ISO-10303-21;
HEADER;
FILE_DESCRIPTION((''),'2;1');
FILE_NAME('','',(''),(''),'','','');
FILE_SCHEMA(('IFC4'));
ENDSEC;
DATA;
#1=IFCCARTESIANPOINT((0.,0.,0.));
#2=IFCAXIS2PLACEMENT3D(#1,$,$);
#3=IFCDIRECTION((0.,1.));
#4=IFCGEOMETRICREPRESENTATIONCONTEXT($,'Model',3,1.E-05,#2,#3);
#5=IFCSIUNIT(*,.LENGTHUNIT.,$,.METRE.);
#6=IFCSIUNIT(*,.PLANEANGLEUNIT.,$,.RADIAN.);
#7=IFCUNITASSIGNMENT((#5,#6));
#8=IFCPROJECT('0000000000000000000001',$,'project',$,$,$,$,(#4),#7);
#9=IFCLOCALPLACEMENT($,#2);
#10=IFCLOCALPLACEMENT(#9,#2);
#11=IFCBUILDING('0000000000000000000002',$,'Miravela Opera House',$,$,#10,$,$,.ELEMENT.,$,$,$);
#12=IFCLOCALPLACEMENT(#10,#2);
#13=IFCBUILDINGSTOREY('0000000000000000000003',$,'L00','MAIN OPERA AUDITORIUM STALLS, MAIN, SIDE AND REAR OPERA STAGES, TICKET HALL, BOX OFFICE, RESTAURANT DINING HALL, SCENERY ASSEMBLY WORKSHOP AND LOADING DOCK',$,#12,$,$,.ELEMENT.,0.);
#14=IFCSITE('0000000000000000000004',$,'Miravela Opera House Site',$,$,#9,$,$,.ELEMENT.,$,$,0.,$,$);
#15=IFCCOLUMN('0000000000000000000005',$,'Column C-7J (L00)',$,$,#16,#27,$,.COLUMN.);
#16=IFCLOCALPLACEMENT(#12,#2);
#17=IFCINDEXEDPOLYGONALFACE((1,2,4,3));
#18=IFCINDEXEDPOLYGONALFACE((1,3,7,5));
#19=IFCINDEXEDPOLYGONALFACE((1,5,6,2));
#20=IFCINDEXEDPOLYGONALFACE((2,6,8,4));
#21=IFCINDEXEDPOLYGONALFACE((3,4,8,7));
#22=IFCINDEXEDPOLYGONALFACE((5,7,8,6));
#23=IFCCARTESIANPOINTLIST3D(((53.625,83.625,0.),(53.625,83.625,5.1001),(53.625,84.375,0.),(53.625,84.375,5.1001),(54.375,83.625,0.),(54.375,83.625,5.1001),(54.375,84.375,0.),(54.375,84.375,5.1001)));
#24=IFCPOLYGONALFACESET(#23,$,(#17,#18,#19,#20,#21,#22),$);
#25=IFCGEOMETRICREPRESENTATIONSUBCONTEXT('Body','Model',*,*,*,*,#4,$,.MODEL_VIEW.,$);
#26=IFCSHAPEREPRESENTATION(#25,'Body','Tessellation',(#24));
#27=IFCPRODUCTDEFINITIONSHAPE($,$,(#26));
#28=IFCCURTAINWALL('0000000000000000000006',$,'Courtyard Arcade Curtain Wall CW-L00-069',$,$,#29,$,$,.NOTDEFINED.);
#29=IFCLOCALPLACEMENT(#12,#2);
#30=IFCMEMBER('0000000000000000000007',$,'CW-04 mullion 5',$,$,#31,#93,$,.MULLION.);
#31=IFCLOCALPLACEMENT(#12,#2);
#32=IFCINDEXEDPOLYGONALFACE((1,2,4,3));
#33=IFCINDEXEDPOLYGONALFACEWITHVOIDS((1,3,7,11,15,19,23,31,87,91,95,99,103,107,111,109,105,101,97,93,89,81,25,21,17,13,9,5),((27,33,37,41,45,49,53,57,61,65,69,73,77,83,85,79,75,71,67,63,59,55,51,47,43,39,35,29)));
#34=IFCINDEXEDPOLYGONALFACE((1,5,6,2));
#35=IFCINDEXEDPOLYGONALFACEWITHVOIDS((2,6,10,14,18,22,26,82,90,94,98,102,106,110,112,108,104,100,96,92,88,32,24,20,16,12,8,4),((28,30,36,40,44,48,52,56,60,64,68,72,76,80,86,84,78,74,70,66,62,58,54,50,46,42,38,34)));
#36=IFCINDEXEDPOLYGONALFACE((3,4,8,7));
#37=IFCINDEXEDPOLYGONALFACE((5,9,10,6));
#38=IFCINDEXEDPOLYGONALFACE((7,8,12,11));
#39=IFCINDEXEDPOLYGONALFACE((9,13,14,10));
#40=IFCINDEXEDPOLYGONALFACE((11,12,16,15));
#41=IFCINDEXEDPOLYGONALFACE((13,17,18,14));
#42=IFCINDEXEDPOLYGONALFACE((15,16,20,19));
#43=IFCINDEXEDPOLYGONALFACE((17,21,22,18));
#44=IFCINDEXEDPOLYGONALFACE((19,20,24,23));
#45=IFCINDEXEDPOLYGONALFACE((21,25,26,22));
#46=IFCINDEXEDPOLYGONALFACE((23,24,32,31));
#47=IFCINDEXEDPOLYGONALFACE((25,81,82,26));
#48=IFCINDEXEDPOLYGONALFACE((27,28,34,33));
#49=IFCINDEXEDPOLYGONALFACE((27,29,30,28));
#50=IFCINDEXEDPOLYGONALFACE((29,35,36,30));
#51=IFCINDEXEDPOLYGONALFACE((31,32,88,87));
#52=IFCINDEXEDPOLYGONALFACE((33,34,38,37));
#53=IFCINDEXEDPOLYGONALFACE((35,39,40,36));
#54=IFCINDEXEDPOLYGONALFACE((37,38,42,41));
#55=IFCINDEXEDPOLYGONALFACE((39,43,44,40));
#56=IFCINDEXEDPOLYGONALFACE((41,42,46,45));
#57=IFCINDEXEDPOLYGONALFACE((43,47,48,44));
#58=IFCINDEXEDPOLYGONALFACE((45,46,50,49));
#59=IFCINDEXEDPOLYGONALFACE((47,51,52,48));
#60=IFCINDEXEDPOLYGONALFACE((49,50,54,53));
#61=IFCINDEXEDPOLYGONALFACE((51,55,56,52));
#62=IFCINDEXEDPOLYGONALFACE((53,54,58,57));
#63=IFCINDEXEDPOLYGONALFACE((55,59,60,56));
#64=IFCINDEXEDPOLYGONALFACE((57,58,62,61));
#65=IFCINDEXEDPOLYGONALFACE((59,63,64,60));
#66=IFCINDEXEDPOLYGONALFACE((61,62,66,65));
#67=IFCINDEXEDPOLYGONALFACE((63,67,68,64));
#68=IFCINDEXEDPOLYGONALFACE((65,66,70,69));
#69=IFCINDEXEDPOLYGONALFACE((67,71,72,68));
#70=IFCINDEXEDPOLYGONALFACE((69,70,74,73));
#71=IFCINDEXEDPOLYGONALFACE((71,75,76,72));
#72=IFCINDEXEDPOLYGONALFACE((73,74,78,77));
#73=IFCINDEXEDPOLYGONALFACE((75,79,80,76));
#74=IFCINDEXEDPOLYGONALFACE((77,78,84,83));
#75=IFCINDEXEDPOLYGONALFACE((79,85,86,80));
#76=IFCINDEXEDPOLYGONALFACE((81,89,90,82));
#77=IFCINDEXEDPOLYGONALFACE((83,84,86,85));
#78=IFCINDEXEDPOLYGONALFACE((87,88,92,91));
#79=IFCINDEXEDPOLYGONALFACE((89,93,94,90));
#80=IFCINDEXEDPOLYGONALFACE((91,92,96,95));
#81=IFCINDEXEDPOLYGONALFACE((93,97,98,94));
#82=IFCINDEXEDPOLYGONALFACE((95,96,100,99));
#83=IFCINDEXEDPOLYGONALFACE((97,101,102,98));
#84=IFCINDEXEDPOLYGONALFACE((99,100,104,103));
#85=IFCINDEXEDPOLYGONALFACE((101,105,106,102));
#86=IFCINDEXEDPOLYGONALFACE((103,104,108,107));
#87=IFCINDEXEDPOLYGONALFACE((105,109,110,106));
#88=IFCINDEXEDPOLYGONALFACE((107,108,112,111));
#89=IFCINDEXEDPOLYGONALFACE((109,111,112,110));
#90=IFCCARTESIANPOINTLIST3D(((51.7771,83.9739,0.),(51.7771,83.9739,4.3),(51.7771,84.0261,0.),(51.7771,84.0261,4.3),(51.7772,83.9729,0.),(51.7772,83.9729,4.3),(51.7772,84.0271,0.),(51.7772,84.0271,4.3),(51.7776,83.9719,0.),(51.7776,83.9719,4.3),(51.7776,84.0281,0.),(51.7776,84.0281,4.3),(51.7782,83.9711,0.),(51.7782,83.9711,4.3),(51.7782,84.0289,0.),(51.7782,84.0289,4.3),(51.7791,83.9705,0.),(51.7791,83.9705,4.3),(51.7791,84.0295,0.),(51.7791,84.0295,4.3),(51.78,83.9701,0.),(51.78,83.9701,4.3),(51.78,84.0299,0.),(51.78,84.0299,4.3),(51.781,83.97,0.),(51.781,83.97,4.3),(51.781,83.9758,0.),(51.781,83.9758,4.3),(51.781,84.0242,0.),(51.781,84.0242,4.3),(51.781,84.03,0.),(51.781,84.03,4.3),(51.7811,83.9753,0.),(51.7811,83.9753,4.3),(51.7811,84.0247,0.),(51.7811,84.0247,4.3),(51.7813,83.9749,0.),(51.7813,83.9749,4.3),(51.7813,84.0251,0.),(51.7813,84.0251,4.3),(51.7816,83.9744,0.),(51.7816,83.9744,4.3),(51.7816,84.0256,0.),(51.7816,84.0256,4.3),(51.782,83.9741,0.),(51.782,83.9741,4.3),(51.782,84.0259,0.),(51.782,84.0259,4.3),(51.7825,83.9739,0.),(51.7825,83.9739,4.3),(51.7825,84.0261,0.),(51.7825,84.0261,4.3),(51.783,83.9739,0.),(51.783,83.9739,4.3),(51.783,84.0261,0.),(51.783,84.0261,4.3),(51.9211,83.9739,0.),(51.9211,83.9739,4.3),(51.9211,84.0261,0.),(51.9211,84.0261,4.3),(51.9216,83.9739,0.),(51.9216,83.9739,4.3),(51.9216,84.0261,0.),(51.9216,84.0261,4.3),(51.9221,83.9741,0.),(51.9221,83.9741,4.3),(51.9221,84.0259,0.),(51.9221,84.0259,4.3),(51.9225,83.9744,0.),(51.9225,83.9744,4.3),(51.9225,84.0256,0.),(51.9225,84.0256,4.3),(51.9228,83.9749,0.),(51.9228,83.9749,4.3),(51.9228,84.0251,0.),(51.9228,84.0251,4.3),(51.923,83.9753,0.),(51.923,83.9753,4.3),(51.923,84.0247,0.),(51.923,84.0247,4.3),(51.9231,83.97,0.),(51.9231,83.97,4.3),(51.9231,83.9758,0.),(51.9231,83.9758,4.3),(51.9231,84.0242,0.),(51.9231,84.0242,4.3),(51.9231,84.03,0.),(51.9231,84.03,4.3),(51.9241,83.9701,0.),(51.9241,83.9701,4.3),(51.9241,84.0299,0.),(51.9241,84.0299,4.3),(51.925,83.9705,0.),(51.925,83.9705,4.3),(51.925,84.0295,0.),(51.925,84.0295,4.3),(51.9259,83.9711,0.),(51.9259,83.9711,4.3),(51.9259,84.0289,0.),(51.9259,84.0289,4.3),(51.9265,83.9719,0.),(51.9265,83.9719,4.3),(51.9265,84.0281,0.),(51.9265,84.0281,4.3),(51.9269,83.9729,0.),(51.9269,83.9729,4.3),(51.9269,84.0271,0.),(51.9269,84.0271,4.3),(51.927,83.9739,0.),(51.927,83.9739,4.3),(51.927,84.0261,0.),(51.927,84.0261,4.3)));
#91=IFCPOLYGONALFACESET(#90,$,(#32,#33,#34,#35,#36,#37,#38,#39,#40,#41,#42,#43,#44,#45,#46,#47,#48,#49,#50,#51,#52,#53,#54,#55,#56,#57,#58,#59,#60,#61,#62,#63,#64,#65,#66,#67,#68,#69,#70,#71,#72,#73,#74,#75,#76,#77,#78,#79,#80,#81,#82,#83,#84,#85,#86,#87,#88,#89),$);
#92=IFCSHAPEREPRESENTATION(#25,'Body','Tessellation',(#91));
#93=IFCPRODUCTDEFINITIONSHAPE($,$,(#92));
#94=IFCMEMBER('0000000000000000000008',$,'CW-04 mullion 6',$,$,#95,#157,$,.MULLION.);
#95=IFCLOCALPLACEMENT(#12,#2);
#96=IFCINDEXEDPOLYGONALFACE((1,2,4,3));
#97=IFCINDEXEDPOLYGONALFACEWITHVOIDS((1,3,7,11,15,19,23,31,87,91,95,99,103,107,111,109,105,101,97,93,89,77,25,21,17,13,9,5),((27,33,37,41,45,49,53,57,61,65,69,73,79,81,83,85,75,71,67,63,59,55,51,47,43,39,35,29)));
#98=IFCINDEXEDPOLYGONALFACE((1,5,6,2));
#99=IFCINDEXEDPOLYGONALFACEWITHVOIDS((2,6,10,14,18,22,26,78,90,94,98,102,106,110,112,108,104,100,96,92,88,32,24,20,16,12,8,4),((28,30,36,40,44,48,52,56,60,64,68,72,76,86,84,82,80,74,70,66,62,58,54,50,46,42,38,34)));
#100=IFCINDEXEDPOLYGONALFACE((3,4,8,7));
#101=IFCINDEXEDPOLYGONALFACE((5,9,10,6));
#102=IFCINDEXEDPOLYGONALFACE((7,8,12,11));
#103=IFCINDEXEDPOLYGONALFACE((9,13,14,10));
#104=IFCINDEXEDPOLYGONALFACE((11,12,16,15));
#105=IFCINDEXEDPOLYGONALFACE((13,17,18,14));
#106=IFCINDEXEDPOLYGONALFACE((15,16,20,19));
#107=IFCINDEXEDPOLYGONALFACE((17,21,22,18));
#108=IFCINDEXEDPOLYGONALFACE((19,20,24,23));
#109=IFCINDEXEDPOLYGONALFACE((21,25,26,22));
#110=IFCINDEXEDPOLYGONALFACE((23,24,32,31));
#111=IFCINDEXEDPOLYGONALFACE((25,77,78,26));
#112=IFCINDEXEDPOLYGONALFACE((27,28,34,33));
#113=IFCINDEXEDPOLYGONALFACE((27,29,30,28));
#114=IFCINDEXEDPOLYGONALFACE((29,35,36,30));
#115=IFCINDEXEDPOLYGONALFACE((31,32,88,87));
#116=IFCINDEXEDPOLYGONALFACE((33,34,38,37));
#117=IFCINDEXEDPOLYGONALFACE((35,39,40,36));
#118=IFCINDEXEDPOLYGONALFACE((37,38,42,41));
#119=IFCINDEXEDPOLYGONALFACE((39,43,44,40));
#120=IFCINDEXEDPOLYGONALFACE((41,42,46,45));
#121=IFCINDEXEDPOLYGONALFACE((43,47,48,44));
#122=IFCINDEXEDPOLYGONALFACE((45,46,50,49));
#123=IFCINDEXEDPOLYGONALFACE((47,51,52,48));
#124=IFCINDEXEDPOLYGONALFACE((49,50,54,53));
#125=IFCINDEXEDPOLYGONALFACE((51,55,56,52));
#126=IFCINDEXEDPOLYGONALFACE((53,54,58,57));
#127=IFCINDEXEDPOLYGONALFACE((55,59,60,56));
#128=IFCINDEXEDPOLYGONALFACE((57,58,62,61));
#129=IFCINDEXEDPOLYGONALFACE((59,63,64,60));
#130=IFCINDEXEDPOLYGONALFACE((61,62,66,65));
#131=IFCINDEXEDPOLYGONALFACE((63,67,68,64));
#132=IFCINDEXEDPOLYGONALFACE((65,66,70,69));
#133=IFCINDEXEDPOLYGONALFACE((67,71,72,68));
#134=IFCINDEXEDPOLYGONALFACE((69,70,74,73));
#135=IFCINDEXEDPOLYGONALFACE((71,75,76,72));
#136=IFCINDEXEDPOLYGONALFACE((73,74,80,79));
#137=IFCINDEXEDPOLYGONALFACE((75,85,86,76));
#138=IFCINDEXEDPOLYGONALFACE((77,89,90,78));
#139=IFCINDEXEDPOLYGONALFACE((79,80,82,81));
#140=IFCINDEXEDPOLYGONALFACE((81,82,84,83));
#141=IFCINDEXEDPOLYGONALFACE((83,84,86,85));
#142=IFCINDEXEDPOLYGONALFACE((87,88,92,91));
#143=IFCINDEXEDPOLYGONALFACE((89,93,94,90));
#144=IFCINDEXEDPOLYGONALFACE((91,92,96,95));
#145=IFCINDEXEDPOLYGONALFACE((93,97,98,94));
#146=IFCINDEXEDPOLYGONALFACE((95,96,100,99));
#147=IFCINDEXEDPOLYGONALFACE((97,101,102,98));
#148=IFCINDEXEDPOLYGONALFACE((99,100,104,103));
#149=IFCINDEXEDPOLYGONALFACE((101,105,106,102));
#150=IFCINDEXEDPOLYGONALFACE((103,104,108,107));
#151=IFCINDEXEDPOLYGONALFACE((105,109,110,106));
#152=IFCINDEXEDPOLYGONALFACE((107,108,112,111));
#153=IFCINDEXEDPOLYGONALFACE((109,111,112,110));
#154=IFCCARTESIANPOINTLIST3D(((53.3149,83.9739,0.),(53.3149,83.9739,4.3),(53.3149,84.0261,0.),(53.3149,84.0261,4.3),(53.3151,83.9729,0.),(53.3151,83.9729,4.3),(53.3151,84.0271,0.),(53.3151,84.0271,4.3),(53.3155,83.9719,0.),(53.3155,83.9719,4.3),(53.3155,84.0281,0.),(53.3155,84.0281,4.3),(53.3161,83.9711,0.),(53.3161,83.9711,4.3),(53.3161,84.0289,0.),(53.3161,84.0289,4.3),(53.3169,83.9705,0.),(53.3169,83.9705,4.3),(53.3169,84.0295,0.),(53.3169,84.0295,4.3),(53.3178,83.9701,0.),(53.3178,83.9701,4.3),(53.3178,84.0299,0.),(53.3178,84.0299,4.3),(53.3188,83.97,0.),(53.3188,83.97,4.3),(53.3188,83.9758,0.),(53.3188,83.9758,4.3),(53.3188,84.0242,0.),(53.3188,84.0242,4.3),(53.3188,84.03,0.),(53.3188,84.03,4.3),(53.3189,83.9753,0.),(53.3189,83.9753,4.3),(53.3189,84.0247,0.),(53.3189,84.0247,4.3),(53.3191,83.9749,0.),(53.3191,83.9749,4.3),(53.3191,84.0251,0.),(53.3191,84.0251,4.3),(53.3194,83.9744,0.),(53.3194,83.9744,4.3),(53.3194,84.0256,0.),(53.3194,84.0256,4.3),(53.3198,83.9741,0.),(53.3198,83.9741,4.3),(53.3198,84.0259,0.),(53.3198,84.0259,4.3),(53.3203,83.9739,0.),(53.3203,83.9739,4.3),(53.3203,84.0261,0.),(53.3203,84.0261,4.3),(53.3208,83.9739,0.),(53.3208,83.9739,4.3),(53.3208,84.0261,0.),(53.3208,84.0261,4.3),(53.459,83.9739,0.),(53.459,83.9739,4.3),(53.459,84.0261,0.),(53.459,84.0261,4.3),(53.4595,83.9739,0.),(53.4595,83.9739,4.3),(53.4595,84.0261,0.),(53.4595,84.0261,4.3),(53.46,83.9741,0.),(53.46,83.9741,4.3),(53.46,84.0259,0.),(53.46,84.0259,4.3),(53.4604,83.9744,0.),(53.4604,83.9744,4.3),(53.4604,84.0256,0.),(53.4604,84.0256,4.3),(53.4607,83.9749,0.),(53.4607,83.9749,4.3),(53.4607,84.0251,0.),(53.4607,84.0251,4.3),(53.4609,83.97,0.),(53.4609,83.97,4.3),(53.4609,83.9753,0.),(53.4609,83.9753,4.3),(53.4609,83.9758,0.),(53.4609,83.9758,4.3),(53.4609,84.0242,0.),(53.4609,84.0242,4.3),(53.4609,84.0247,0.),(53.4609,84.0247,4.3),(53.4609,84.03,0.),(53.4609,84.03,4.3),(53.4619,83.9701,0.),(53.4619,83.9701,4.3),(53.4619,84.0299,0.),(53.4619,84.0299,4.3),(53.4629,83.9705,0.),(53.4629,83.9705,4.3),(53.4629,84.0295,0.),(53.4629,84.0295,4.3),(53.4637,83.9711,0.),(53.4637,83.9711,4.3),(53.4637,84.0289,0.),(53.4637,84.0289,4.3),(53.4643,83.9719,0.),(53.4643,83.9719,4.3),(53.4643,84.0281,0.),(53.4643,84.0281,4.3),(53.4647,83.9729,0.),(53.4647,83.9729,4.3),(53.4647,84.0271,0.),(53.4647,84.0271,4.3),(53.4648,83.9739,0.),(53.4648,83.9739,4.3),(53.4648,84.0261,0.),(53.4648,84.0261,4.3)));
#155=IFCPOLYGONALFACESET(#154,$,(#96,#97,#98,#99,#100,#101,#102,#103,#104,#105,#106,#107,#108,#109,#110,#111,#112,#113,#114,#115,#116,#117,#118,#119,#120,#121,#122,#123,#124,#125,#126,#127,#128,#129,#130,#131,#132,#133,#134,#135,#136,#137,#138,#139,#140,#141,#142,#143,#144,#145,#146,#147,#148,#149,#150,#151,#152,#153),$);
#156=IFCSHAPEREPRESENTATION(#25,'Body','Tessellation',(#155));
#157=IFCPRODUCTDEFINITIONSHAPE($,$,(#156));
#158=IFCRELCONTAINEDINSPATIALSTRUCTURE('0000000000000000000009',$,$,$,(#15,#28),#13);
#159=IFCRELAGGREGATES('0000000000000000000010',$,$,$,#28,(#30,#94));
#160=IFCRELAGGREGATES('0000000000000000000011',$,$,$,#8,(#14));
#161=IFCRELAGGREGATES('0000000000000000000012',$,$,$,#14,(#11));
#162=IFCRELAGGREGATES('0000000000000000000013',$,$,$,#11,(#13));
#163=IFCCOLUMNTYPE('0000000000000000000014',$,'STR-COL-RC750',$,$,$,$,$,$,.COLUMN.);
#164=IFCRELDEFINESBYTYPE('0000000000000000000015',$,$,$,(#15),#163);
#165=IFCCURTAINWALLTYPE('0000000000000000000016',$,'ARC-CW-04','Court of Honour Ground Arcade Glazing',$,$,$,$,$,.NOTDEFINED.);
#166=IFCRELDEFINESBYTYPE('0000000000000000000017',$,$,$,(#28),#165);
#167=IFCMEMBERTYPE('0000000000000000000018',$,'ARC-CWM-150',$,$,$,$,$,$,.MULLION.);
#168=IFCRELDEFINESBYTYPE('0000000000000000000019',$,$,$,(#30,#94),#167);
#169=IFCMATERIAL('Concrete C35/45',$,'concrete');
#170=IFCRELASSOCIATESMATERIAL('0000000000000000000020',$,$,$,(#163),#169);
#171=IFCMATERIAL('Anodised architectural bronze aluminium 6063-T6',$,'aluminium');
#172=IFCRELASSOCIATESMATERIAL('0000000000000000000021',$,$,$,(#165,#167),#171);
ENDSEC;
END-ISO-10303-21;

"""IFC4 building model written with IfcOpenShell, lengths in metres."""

from ifc_helpers import new_model, si_unit, direction, frame, origin, origin_2d, place, context, subcontext, project, spatial, rectangle, hollow_rectangle, extrude, material, material_profile, profile_set, type_object, element, aggregate, save


model = new_model("IFC4")

# Units and contexts
model_context = context("Model", 3, precision=1e-05, world=origin(), true_north=direction((0.0, 1.0)))
body_context = subcontext(model_context, "Body", "Model", "MODEL_VIEW")
ifc_project = project(units=[si_unit("LENGTHUNIT", "METRE"), si_unit("PLANEANGLEUNIT", "RADIAN")], contexts=[model_context])

# Site, building, storey
site_placement = place(None, origin())
site = spatial("IfcSite", under=ifc_project, at=site_placement, Name="Miravela Opera House Site", CompositionType="ELEMENT", RefElevation=0.0)
building_placement = place(site_placement, origin())
building = spatial("IfcBuilding", under=site, at=building_placement, Name="Miravela Opera House", CompositionType="ELEMENT")
storey_placement = place(building_placement, origin())
storey = spatial("IfcBuildingStorey", under=building, at=storey_placement, Name="L00", Description="MAIN OPERA AUDITORIUM STALLS, MAIN, SIDE AND REAR OPERA STAGES, TICKET HALL, BOX OFFICE, RESTAURANT DINING HALL, SCENERY ASSEMBLY WORKSHOP AND LOADING DOCK", CompositionType="ELEMENT", Elevation=0.0)

# Column
ifc_material_1 = material(Name="Concrete C35/45", Category="concrete")
ifc_material_profile_1 = material_profile(ifc_material_1, rectangle(XDim=0.75, YDim=0.75, at=origin_2d()), Name="RC-COL-750X750")
ifc_profile_set_1 = profile_set([ifc_material_profile_1])
column_type = type_object("IfcColumnType", Name="STR-COL-RC750", PredefinedType="COLUMN", material=ifc_profile_set_1)
column_placement = place(storey_placement, frame((54.0, 84.0, 0.0), z_axis=(0.0, 0.0, 1.0), x_axis=(1.0, 0.0, 0.0)))
element("IfcColumn", 1, at=column_placement, inside=storey, type_object=column_type, Name="Column C-7J (L00)", PredefinedType="COLUMN", context=body_context, shape_type="SweptSolid", body=[
    extrude(rectangle(XDim=0.75, YDim=0.75, at=origin_2d()), origin(), (0.0, 0.0, 1.0), 5.1001),
])

# Curtain wall, members
ifc_material_2 = material(Name="Anodised architectural bronze aluminium 6063-T6", Category="aluminium")
curtain_wall_type = type_object("IfcCurtainWallType", Name="ARC-CW-04", Description="Court of Honour Ground Arcade Glazing", PredefinedType="NOTDEFINED", material=ifc_material_2)
curtain_wall_1_placement = place(storey_placement, origin())
curtain_wall_1 = element("IfcCurtainWall", 2, at=curtain_wall_1_placement, inside=storey, type_object=curtain_wall_type, Name="Courtyard Arcade Curtain Wall CW-L00-069", PredefinedType="NOTDEFINED")
ifc_material_profile_2 = material_profile(ifc_material_2, hollow_rectangle(XDim=0.0601, YDim=0.1499, WallThickness=0.0039, InnerFilletRadius=0.002, OuterFilletRadius=0.0039, at=origin_2d()), Name="CWM-60X150")
ifc_profile_set_2 = profile_set([ifc_material_profile_2])
member_type_1 = type_object("IfcMemberType", Name="ARC-CWM-150", PredefinedType="MULLION", material=ifc_profile_set_2)
member_1_placement = place(storey_placement, frame((51.8521, 84.0, 0.0), z_axis=(0.0, 0.0, 1.0), x_axis=(0.0, 1.0, 0.0)))
member_1 = element("IfcMember", 3, at=member_1_placement, type_object=member_type_1, Name="CW-04 mullion 5", PredefinedType="MULLION", context=body_context, shape_type="SweptSolid", body=[
    extrude(hollow_rectangle(XDim=0.0601, YDim=0.1499, WallThickness=0.0039, InnerFilletRadius=0.002, OuterFilletRadius=0.0039, at=origin_2d()), origin(), (0.0, 0.0, 1.0), 4.3),
])
member_2_placement = place(storey_placement, frame((53.3899, 84.0, 0.0), z_axis=(0.0, 0.0, 1.0), x_axis=(0.0, 1.0, 0.0)))
member_2 = element("IfcMember", 4, at=member_2_placement, type_object=member_type_1, Name="CW-04 mullion 6", PredefinedType="MULLION", context=body_context, shape_type="SweptSolid", body=[
    extrude(hollow_rectangle(XDim=0.0601, YDim=0.1499, WallThickness=0.0039, InnerFilletRadius=0.002, OuterFilletRadius=0.0039, at=origin_2d()), origin(), (0.0, 0.0, 1.0), 4.3),
])

aggregate(curtain_wall_1, [member_1, member_2])

save(model, "model.ifc")
